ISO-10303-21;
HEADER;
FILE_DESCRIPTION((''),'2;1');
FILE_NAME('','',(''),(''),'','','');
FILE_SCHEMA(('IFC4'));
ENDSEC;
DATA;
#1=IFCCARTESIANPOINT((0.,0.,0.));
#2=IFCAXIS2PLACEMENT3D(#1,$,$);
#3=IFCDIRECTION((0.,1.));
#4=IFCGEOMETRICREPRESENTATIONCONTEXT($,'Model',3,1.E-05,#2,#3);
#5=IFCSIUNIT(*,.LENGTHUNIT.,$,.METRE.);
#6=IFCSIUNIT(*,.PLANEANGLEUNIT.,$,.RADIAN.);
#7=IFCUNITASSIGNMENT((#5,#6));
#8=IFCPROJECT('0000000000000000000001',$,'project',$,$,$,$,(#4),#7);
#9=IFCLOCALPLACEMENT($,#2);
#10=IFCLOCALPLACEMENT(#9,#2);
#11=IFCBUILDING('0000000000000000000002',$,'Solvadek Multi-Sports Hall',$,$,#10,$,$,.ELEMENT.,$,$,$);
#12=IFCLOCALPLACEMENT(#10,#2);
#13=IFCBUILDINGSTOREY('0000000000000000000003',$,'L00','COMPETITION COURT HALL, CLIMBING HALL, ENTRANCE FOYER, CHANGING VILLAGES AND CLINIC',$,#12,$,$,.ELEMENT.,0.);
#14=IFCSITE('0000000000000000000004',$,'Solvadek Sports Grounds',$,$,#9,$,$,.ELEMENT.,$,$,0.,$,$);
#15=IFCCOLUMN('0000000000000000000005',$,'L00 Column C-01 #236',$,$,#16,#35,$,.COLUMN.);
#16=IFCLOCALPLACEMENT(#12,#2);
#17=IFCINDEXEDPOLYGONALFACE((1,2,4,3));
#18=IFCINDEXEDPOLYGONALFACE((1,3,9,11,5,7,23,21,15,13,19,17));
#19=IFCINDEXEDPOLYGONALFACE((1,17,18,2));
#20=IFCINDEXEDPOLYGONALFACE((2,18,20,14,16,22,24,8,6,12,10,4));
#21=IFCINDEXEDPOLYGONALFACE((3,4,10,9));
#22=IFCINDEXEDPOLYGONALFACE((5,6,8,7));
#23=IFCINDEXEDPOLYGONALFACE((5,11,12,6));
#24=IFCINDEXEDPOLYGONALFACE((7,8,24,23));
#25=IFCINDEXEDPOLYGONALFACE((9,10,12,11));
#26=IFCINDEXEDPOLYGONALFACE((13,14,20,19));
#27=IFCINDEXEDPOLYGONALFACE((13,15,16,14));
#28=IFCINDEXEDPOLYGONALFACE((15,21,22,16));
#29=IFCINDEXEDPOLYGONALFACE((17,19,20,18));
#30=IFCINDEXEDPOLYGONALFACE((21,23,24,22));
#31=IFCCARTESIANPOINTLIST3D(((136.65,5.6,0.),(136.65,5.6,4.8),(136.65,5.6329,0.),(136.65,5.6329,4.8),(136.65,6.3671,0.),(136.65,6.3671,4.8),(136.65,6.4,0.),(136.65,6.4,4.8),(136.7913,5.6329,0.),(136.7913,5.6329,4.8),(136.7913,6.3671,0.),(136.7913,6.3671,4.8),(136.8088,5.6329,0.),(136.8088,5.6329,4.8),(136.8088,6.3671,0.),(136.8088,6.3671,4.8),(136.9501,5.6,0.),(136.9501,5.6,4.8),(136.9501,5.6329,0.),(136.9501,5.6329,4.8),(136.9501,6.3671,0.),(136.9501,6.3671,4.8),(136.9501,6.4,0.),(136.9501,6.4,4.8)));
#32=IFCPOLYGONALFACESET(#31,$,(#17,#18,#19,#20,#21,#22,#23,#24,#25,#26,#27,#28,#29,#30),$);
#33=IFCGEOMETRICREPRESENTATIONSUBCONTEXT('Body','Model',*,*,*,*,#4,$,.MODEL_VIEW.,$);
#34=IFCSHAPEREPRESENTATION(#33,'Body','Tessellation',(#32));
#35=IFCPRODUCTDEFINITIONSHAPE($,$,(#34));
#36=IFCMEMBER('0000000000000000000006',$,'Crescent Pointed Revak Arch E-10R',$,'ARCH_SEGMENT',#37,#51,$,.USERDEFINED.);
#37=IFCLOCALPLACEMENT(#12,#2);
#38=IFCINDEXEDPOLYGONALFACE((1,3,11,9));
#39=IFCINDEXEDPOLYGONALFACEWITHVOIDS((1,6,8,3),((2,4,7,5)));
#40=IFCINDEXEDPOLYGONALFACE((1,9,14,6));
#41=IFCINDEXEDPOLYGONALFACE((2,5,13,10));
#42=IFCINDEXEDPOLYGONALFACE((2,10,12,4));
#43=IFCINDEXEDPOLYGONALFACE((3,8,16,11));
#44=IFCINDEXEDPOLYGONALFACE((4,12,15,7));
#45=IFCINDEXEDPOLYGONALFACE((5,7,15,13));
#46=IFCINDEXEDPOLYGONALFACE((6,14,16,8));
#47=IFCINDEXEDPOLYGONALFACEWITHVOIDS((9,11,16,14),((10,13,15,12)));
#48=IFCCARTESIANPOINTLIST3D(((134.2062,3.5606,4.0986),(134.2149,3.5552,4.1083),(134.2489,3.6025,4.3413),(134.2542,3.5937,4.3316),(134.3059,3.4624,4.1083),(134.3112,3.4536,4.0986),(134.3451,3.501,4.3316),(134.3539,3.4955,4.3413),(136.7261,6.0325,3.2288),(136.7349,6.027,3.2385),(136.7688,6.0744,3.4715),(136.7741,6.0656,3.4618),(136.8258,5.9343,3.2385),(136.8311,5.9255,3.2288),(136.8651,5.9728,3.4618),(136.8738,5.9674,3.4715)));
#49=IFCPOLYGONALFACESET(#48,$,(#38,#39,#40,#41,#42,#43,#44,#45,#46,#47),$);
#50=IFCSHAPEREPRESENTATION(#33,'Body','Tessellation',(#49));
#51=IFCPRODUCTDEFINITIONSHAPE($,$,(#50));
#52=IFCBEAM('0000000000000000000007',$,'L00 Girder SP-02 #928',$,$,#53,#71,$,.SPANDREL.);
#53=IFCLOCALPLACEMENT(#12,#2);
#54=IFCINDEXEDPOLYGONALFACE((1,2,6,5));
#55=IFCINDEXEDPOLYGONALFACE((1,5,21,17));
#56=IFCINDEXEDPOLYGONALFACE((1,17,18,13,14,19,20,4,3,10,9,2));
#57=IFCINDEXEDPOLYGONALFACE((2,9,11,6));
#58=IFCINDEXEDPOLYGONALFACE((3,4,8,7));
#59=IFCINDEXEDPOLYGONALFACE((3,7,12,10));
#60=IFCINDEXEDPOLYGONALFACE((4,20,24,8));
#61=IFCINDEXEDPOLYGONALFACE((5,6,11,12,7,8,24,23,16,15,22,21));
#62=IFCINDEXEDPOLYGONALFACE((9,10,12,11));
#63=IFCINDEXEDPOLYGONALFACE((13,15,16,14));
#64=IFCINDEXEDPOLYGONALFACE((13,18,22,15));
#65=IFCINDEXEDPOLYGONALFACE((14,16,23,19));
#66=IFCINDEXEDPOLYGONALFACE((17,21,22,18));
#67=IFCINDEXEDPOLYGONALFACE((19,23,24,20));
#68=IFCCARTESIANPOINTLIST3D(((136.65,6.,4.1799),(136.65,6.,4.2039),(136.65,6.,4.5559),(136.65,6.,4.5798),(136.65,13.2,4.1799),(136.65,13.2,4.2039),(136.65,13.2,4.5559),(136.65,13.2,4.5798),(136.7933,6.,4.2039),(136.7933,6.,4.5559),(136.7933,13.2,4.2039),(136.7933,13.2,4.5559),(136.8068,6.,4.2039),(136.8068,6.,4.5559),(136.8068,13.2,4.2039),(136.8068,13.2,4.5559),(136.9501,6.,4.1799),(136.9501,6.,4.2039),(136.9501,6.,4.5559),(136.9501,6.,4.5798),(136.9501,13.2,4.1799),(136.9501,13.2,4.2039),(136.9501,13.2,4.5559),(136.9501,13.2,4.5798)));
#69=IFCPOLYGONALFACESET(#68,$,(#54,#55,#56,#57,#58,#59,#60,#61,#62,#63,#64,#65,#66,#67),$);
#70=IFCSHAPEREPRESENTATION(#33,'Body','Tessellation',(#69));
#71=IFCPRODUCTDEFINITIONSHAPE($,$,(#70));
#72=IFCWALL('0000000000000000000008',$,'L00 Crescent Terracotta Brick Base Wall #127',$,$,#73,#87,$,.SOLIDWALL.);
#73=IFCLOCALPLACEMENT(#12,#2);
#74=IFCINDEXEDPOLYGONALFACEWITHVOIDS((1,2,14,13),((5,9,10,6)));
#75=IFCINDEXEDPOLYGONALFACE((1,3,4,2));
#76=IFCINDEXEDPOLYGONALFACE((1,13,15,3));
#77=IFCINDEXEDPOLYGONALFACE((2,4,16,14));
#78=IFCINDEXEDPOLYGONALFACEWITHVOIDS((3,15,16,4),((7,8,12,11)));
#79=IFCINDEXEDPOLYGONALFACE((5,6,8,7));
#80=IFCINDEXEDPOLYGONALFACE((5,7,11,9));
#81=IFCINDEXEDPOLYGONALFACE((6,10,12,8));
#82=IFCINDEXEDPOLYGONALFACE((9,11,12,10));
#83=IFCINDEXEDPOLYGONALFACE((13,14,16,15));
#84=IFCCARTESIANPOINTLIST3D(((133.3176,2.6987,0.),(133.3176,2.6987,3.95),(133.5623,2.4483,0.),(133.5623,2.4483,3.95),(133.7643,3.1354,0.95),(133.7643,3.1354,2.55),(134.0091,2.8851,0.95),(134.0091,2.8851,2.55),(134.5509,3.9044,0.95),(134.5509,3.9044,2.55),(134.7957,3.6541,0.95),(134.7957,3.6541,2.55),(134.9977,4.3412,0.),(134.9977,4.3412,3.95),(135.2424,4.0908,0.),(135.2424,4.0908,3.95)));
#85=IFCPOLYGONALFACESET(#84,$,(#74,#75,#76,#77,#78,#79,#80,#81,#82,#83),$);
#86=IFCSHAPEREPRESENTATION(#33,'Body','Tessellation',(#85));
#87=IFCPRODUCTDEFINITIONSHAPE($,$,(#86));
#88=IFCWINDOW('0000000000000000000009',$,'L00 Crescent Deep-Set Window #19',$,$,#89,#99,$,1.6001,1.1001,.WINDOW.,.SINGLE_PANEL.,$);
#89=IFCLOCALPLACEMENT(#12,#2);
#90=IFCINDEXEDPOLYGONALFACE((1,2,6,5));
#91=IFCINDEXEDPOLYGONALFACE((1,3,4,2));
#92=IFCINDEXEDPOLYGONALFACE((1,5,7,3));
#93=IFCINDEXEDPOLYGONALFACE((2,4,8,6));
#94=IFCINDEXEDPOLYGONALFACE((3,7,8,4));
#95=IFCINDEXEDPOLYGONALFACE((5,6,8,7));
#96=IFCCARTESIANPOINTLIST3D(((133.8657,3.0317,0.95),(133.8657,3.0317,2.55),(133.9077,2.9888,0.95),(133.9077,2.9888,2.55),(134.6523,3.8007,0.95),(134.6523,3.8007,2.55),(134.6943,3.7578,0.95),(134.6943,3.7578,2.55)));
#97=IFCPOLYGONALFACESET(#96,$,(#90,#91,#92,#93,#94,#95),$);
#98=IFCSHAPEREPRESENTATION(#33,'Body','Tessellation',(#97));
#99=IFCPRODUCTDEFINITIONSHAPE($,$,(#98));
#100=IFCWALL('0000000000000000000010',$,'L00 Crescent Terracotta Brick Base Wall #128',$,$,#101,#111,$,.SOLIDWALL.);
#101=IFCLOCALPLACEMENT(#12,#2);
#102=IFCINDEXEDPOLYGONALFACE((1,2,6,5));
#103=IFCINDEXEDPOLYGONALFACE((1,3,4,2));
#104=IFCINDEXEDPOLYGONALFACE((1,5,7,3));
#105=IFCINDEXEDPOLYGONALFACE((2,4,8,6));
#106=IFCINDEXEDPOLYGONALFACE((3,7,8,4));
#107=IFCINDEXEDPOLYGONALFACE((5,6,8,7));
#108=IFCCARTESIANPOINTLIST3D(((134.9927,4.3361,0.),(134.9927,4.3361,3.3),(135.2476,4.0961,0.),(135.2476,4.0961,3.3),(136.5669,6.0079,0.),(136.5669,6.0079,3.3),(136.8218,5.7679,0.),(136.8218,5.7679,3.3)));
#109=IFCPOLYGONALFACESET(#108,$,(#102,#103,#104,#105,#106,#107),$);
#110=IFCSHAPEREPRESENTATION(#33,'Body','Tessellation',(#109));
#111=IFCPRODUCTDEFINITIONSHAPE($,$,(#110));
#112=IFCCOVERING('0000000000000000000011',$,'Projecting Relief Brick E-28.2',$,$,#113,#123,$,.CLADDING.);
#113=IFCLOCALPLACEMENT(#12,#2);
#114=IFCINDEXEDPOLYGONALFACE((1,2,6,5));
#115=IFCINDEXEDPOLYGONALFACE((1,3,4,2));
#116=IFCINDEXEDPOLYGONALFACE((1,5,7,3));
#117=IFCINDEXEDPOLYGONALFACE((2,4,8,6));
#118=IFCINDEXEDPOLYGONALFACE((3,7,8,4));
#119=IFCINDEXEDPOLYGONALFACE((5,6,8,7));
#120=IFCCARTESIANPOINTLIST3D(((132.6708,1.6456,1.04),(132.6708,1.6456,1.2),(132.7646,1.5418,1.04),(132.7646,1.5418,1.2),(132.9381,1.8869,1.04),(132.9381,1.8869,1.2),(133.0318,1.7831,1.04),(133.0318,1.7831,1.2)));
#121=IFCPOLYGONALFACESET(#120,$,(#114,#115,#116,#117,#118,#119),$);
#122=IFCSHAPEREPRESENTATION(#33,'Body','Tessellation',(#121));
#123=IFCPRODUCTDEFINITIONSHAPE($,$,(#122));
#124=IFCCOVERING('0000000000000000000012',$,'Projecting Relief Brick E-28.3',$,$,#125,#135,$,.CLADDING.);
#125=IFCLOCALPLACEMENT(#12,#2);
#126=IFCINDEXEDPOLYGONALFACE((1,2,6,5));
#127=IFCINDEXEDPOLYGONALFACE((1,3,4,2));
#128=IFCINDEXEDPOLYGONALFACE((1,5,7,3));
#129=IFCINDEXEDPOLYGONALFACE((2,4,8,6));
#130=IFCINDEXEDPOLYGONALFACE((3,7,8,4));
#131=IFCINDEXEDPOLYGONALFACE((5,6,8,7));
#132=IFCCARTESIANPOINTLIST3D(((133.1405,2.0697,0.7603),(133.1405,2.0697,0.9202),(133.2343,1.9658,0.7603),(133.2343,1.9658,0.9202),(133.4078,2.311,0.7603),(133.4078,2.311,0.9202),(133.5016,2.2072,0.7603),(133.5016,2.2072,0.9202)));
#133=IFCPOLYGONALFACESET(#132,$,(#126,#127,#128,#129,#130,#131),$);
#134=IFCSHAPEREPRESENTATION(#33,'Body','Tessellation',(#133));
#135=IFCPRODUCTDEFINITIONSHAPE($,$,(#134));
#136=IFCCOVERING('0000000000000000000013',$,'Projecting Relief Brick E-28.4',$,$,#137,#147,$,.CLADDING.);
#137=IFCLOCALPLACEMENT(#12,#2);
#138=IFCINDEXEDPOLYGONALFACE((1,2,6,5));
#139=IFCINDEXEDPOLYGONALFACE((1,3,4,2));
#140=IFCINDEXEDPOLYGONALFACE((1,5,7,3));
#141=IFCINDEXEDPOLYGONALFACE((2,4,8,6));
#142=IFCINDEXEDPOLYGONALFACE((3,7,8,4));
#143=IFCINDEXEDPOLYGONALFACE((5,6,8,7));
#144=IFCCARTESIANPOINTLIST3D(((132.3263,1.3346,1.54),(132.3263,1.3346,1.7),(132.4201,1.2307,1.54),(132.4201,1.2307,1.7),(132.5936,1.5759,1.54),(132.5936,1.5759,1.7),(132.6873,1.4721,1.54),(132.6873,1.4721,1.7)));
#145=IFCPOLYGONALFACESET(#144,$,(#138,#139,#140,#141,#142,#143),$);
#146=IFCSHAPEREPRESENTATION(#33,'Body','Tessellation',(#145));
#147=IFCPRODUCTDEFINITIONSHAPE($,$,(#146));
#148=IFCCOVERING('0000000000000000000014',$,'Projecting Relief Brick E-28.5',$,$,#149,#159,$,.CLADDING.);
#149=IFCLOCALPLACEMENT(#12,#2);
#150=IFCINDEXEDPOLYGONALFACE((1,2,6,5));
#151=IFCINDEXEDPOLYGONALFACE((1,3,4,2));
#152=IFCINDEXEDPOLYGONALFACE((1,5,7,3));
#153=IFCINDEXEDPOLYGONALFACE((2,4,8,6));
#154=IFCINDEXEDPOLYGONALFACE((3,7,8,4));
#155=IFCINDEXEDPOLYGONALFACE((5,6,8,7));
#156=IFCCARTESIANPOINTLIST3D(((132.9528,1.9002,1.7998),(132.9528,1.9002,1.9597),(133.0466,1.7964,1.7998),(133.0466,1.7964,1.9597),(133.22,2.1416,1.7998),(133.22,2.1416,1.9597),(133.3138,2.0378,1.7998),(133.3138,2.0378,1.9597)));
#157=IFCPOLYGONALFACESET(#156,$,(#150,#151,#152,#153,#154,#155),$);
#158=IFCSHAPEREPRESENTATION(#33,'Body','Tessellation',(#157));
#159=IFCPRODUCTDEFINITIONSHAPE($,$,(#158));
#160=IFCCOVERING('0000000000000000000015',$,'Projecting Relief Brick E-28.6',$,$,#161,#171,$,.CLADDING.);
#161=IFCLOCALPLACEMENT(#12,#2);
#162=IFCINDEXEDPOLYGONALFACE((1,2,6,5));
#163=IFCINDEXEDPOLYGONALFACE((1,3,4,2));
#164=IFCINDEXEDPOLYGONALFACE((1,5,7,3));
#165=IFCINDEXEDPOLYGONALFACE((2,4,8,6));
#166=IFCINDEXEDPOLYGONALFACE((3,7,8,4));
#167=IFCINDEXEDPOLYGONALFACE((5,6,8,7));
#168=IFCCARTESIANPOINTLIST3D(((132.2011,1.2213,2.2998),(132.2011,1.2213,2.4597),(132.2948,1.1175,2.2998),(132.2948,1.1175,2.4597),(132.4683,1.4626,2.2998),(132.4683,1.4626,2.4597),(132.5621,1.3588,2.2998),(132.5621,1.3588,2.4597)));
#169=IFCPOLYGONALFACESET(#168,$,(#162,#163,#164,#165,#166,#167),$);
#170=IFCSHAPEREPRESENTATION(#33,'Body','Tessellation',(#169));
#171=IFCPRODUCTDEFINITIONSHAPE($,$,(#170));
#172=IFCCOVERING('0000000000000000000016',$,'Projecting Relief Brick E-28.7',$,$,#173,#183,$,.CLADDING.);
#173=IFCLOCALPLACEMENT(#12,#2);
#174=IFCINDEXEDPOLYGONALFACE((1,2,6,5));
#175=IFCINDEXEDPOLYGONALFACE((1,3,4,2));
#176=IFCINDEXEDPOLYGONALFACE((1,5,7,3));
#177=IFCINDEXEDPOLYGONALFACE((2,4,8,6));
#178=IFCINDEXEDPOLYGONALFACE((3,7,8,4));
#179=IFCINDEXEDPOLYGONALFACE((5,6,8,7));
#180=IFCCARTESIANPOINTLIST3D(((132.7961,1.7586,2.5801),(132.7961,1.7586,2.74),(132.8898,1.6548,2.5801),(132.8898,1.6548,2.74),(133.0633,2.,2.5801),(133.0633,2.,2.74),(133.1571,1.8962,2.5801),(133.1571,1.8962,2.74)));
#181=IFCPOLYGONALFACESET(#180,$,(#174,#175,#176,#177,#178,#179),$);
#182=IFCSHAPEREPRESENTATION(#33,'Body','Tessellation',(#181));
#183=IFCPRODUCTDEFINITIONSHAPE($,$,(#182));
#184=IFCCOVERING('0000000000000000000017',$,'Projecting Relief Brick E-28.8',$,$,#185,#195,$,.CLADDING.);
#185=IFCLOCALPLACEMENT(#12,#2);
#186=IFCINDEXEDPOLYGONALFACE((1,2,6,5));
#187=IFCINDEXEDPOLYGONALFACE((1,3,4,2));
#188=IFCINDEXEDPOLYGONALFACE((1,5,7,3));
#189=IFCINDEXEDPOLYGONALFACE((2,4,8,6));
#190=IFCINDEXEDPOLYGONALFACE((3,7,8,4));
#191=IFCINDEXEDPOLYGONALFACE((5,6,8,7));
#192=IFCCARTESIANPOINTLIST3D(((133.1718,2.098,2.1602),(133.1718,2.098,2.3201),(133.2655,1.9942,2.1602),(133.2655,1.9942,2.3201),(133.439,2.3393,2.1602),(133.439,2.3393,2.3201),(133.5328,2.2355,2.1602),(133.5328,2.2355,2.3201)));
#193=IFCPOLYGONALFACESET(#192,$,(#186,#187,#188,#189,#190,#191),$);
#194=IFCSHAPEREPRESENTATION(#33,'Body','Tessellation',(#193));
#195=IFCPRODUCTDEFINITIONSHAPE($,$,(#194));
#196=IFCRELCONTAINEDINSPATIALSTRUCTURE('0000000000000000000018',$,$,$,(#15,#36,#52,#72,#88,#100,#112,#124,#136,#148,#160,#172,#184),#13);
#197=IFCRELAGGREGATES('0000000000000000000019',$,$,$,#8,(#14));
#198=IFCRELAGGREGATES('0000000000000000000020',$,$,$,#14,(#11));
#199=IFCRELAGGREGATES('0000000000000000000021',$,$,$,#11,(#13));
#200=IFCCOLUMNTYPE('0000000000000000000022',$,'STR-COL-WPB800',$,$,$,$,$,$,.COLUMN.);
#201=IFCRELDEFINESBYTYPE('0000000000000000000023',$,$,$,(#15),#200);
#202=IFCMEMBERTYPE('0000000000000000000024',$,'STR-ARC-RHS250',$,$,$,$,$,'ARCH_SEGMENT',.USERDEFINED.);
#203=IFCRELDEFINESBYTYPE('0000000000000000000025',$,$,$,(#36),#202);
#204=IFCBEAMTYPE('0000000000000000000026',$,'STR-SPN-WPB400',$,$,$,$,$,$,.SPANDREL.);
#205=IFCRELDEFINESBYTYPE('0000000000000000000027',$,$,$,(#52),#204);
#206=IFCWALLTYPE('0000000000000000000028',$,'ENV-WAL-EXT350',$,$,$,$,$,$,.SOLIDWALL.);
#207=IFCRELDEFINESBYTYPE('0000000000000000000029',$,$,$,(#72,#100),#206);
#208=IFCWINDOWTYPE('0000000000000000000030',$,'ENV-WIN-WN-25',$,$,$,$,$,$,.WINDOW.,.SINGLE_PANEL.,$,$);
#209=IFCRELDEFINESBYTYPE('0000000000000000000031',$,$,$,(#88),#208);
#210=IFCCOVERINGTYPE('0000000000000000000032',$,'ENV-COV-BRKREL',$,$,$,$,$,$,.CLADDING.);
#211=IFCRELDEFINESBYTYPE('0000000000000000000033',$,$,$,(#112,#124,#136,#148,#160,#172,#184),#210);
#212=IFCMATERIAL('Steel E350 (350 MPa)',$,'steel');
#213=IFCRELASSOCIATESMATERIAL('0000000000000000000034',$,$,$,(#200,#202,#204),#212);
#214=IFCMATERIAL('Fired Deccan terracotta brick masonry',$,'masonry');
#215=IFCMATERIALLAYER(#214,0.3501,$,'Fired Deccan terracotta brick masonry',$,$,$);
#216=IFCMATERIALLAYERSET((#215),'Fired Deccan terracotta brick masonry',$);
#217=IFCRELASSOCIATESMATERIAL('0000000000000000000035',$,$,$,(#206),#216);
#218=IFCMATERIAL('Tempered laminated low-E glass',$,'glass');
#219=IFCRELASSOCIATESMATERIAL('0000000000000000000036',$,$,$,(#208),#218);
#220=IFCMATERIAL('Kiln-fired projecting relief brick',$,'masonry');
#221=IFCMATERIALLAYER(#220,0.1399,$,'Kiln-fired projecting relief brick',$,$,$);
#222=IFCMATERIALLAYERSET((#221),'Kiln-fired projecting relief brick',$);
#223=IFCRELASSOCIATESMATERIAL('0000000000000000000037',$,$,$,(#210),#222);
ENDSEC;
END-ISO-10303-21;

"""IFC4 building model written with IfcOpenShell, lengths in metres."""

from ifc_helpers import new_model, si_unit, direction, frame, frame_2d, origin, origin_2d, place, context, subcontext, project, spatial, rectangle, hollow_rectangle, i_section, extrude, material, layer, layer_set, material_profile, profile_set, type_object, element, fill, save


model = new_model("IFC4")

# Units and contexts
model_context = context("Model", 3, precision=1e-05, world=origin(), true_north=direction((0.0, 1.0)))
body_context = subcontext(model_context, "Body", "Model", "MODEL_VIEW")
ifc_project = project(units=[si_unit("LENGTHUNIT", "METRE"), si_unit("PLANEANGLEUNIT", "RADIAN")], contexts=[model_context])

# Site, building, storey
site_placement = place(None, origin())
site = spatial("IfcSite", under=ifc_project, at=site_placement, Name="Solvadek Sports Grounds", CompositionType="ELEMENT", RefElevation=0.0)
building_placement = place(site_placement, origin())
building = spatial("IfcBuilding", under=site, at=building_placement, Name="Solvadek Multi-Sports Hall", CompositionType="ELEMENT")
storey_placement = place(building_placement, origin())
storey = spatial("IfcBuildingStorey", under=building, at=storey_placement, Name="L00", Description="COMPETITION COURT HALL, CLIMBING HALL, ENTRANCE FOYER, CHANGING VILLAGES AND CLINIC", CompositionType="ELEMENT", Elevation=0.0)

# Column
ifc_material_1 = material(Name="Steel E350 (350 MPa)", Category="steel")
ifc_material_profile_1 = material_profile(ifc_material_1, i_section(OverallWidth=0.3, OverallDepth=0.8, WebThickness=0.0176, FlangeThickness=0.033, at=origin_2d()), Name="WPB 800")
ifc_profile_set_1 = profile_set([ifc_material_profile_1], Name="Steel E350 (350 MPa)")
column_type = type_object("IfcColumnType", Name="STR-COL-WPB800", PredefinedType="COLUMN", material=ifc_profile_set_1)
column_placement = place(storey_placement, frame((136.8, 6.0, 0.0), z_axis=(0.0, 0.0, 1.0), x_axis=(1.0, 0.0, 0.0)))
element("IfcColumn", 1, at=column_placement, inside=storey, type_object=column_type, Name="L00 Column C-01 #236", PredefinedType="COLUMN", context=body_context, shape_type="SweptSolid", body=[
    extrude(i_section(OverallWidth=0.3, OverallDepth=0.8, WebThickness=0.0176, FlangeThickness=0.033, at=origin_2d()), origin(), (0.0, 0.0, 1.0), 4.8),
])

# Member
ifc_material_profile_2 = material_profile(ifc_material_1, hollow_rectangle(XDim=0.1499, YDim=0.25, WallThickness=0.01, at=origin_2d()), Name="RHS 250x150x10")
ifc_profile_set_2 = profile_set([ifc_material_profile_2], Name="Steel E350 (350 MPa)")
member_type = type_object("IfcMemberType", Name="STR-ARC-RHS250", ElementType="ARCH_SEGMENT", PredefinedType="USERDEFINED", material=ifc_profile_set_2)
member_placement = place(storey_placement, frame((134.28, 3.5281, 4.22), z_axis=(0.693151, 0.679922, -0.239265), x_axis=(-0.700262, 0.713886, 0.0)))
element("IfcMember", 2, at=member_placement, inside=storey, type_object=member_type, Name="Crescent Pointed Revak Arch E-10R", ObjectType="ARCH_SEGMENT", PredefinedType="USERDEFINED", context=body_context, shape_type="SweptSolid", body=[
    extrude(hollow_rectangle(XDim=0.1499, YDim=0.25, WallThickness=0.01, at=origin_2d()), origin(), (0.0, 0.0, 1.0), 3.6355),
])

# Beam
ifc_material_profile_3 = material_profile(ifc_material_1, i_section(OverallWidth=0.3, OverallDepth=0.3999, WebThickness=0.0134, FlangeThickness=0.0239, at=origin_2d()), Name="WPB 400")
ifc_profile_set_3 = profile_set([ifc_material_profile_3], Name="Steel E350 (350 MPa)")
beam_type = type_object("IfcBeamType", Name="STR-SPN-WPB400", PredefinedType="SPANDREL", material=ifc_profile_set_3)
beam_placement = place(storey_placement, frame((136.8, 6.0, 4.3799), z_axis=(0.0, 1.0, 0.0), x_axis=(-1.0, 0.0, 0.0)))
element("IfcBeam", 3, at=beam_placement, inside=storey, type_object=beam_type, Name="L00 Girder SP-02 #928", PredefinedType="SPANDREL", context=body_context, shape_type="SweptSolid", body=[
    extrude(i_section(OverallWidth=0.3, OverallDepth=0.3999, WebThickness=0.0134, FlangeThickness=0.0239, at=origin_2d()), origin(), (0.0, 0.0, 1.0), 7.2),
])

# Wall, opening, window
ifc_material_2 = material(Name="Fired Deccan terracotta brick masonry", Category="masonry")
ifc_layer_1 = layer(ifc_material_2, 0.3501, Name="Fired Deccan terracotta brick masonry")
ifc_layer_set_1 = layer_set([ifc_layer_1], Name="Fired Deccan terracotta brick masonry")
wall_type = type_object("IfcWallType", Name="ENV-WAL-EXT350", PredefinedType="SOLIDWALL", material=ifc_layer_set_1)
wall_1_placement = place(storey_placement, frame((133.4399, 2.5735, 0.0), z_axis=(0.0, 0.0, 1.0), x_axis=(0.715062, 0.699061, 0.0)))
wall_1 = element("IfcWall", 4, at=wall_1_placement, inside=storey, type_object=wall_type, Name="L00 Crescent Terracotta Brick Base Wall #127", PredefinedType="SOLIDWALL", context=body_context, shape_type="SweptSolid", body=[
    extrude(rectangle(XDim=2.3496, YDim=0.3501, at=frame_2d((1.1748, 0.0))), origin(), (0.0, 0.0, 1.0), 3.95),
])
opening_placement = place(wall_1_placement, frame((0.6248, 0.0, 0.95)))
opening = element("IfcOpeningElement", 5, at=opening_placement, cuts=wall_1, PredefinedType="OPENING", context=body_context, shape_type="SweptSolid", body=[
    extrude(rectangle(XDim=1.1001, YDim=1.6001, at=frame_2d((0.55, 0.8))), frame((0.0, 0.1851, 0.0), z_axis=(0.0, -1.0, 0.0), x_axis=(1.0, 0.0, 0.0)), (0.0, 0.0, 1.0), 0.3701),
])
ifc_material_3 = material(Name="Tempered laminated low-E glass", Category="glass")
window_type = type_object("IfcWindowType", Name="ENV-WIN-WN-25", PartitioningType="SINGLE_PANEL", PredefinedType="WINDOW", material=ifc_material_3)
window_placement = place(opening_placement, origin())
window = element("IfcWindow", 6, at=window_placement, inside=storey, type_object=window_type, Name="L00 Crescent Deep-Set Window #19", OverallHeight=1.6001, OverallWidth=1.1001, PartitioningType="SINGLE_PANEL", PredefinedType="WINDOW", context=body_context, shape_type="SweptSolid", body=[
    extrude(rectangle(XDim=1.1001, YDim=1.6001, at=frame_2d((0.55, 0.8))), frame((0.0, 0.03, 0.0), z_axis=(0.0, -1.0, 0.0), x_axis=(1.0, 0.0, 0.0)), (0.0, 0.0, 1.0), 0.0601),
])
fill(opening, window)

# Wall
wall_2_placement = place(storey_placement, frame((135.1201, 4.2161, 0.0), z_axis=(0.0, 0.0, 1.0), x_axis=(0.685524, 0.72805, 0.0)))
element("IfcWall", 7, at=wall_2_placement, inside=storey, type_object=wall_type, Name="L00 Crescent Terracotta Brick Base Wall #128", PredefinedType="SOLIDWALL", context=body_context, shape_type="SweptSolid", body=[
    extrude(rectangle(XDim=2.2964, YDim=0.3501, at=frame_2d((1.1482, 0.0))), origin(), (0.0, 0.0, 1.0), 3.3),
])

# Coverings
ifc_material_4 = material(Name="Kiln-fired projecting relief brick", Category="masonry")
ifc_layer_2 = layer(ifc_material_4, 0.1399, Name="Kiln-fired projecting relief brick")
ifc_layer_set_2 = layer_set([ifc_layer_2], Name="Kiln-fired projecting relief brick")
covering_type = type_object("IfcCoveringType", Name="ENV-COV-BRKREL", PredefinedType="CLADDING", material=ifc_layer_set_2)
for number, where, z_axis, x_axis, name in (
    (8, (132.8513, 1.7144, 1.04), (0.0, 0.0, 1.0), (0.742151, 0.670233, 0.0), "Projecting Relief Brick E-28.2"),
    (9, (133.321, 2.1384, 0.7603), (0.0, 0.0, 1.0), (0.742151, 0.670233, 0.0), "Projecting Relief Brick E-28.3"),
    (10, (132.5068, 1.4033, 1.54), (0.0, 0.0, 1.0), (0.742151, 0.670233, 0.0), "Projecting Relief Brick E-28.4"),
    (11, (133.1333, 1.969, 1.7998), (0.0, 0.0, 1.0), (0.742151, 0.670233, 0.0), "Projecting Relief Brick E-28.5"),
    (12, (132.3816, 1.29, 2.2998), (0.0, 0.0, 1.0), (0.742151, 0.670233, 0.0), "Projecting Relief Brick E-28.6"),
    (13, (132.9766, 1.8274, 2.5801), (0.0, 0.0, 1.0), (0.742151, 0.670233, 0.0), "Projecting Relief Brick E-28.7"),
    (14, (133.3523, 2.1667, 2.1602), (0.0, 0.0, 1.0), (0.742151, 0.670233, 0.0), "Projecting Relief Brick E-28.8"),
):
    element("IfcCovering", number, at=place(storey_placement, frame(where, z_axis=z_axis, x_axis=x_axis)), inside=storey, type_object=covering_type, Name=name, PredefinedType="CLADDING", context=body_context, shape_type="SweptSolid", body=[
        extrude(rectangle(XDim=0.3601, YDim=0.1399, at=origin_2d()), origin(), (0.0, 0.0, 1.0), 0.1599),
    ])

save(model, "model.ifc")
